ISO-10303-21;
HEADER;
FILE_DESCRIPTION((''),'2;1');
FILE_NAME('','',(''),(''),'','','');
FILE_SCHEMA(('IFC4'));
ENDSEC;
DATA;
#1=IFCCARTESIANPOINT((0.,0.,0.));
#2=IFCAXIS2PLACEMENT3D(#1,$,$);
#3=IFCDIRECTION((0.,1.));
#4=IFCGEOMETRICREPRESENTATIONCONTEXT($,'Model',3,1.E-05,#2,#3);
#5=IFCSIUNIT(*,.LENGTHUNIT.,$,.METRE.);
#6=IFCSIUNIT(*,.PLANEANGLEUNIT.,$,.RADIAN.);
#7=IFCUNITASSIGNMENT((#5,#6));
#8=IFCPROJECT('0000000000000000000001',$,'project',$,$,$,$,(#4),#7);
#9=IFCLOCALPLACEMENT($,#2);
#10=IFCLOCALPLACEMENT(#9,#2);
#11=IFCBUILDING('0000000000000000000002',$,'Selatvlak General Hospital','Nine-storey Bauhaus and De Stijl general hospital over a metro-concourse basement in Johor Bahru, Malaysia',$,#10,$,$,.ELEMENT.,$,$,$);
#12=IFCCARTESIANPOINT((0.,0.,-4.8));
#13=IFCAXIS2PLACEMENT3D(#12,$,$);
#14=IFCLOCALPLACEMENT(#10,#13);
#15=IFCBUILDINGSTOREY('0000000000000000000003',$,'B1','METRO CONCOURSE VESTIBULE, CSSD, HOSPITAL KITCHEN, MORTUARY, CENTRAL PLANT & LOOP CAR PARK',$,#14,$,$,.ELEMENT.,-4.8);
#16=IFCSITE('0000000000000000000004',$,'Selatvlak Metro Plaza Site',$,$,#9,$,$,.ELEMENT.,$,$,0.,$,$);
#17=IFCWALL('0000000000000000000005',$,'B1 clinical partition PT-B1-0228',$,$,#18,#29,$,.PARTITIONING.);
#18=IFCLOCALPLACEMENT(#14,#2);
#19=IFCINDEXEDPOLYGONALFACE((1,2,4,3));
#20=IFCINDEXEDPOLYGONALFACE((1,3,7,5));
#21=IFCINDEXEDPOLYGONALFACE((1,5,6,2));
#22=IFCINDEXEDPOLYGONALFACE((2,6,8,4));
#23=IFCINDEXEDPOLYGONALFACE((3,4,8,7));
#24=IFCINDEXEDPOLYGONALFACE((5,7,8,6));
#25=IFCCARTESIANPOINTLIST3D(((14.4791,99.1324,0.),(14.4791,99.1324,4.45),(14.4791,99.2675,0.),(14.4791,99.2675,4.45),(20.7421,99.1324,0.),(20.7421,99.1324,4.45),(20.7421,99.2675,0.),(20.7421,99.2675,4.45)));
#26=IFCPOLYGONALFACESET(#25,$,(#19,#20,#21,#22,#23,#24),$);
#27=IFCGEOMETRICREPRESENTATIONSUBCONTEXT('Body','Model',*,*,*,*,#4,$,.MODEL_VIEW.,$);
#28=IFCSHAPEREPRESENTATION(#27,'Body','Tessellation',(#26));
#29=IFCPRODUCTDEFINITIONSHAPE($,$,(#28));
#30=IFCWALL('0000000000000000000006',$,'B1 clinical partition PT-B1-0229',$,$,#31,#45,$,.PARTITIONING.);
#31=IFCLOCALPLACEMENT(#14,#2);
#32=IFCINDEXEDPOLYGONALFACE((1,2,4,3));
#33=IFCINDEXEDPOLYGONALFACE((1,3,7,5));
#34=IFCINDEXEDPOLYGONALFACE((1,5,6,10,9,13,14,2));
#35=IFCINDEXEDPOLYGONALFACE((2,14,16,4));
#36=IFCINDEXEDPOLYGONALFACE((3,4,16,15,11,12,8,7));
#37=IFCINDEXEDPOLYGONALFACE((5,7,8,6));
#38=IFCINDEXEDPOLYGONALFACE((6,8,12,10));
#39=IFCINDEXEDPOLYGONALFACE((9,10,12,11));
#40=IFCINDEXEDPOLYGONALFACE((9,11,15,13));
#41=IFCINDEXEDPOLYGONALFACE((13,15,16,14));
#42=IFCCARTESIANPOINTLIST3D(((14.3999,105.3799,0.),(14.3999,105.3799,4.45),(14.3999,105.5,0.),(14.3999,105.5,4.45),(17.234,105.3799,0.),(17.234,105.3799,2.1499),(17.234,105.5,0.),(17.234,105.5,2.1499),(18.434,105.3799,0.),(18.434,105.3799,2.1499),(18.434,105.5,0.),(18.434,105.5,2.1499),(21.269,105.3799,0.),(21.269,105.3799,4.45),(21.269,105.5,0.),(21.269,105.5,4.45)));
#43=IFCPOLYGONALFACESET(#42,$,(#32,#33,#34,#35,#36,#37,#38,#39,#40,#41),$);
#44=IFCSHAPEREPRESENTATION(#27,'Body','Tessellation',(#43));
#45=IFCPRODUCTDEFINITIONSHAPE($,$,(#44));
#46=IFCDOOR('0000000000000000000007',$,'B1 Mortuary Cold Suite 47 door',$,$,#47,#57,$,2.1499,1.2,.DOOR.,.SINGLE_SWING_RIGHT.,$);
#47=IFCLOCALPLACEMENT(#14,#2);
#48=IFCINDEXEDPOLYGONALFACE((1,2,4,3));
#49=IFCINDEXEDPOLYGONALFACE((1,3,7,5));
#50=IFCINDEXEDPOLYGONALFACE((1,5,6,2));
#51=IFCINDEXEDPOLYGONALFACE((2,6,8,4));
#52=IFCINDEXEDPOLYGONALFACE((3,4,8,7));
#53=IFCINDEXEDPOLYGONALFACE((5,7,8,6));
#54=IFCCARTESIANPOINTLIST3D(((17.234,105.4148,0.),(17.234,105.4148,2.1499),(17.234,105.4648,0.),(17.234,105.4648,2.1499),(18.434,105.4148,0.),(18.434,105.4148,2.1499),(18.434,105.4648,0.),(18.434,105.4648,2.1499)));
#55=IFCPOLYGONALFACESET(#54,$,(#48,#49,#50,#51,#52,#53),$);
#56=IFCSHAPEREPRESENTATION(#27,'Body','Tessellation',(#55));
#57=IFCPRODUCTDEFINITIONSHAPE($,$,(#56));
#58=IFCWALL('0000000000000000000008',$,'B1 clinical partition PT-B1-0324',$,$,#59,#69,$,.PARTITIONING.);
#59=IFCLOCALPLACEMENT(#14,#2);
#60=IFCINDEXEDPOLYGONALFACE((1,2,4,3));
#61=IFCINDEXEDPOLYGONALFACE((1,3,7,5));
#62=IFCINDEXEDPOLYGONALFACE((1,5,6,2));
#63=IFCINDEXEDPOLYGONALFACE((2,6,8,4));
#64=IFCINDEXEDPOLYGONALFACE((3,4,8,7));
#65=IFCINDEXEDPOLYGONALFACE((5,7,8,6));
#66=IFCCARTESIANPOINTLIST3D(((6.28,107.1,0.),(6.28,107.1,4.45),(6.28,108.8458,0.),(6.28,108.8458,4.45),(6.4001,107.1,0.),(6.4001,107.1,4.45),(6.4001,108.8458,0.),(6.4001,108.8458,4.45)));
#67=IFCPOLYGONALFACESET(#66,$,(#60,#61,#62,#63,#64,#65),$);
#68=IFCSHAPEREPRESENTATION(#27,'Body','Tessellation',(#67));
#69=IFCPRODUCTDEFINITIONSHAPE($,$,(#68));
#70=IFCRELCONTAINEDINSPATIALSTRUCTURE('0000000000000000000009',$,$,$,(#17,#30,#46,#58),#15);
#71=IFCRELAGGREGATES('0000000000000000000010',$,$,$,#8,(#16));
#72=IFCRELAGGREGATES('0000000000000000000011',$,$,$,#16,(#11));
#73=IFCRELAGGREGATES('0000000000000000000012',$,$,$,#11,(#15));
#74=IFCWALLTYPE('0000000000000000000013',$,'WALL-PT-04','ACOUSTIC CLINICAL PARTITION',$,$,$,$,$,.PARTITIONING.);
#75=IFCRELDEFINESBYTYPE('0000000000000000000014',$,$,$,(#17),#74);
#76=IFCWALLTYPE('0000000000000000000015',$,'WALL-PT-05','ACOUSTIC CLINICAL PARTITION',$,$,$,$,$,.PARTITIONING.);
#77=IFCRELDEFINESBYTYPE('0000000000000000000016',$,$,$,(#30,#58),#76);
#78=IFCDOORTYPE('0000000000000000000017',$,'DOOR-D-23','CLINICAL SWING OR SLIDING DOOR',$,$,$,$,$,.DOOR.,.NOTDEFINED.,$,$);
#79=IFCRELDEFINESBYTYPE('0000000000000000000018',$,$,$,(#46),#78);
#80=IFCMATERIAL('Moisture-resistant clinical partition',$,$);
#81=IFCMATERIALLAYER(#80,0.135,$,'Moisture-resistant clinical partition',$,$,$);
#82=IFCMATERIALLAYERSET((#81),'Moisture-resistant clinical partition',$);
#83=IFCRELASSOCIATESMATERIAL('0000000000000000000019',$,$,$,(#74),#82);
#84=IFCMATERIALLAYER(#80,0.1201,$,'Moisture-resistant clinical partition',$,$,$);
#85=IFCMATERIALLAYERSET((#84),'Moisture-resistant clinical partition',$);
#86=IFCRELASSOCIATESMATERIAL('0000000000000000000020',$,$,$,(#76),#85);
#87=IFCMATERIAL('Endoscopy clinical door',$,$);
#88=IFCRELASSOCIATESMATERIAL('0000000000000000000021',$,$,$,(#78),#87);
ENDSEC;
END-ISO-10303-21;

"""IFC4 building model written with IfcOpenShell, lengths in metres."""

from ifc_helpers import new_model, si_unit, direction, frame, frame_2d, origin, place, context, subcontext, project, spatial, rectangle, extrude, material, layer, layer_set, type_object, element, fill, save


model = new_model("IFC4")

# Units and contexts
model_context = context("Model", 3, precision=1e-05, world=origin(), true_north=direction((0.0, 1.0)))
body_context = subcontext(model_context, "Body", "Model", "MODEL_VIEW")
ifc_project = project(units=[si_unit("LENGTHUNIT", "METRE"), si_unit("PLANEANGLEUNIT", "RADIAN")], contexts=[model_context])

# Site, building, storey
site_placement = place(None, origin())
site = spatial("IfcSite", under=ifc_project, at=site_placement, Name="Selatvlak Metro Plaza Site", CompositionType="ELEMENT", RefElevation=0.0)
building_placement = place(site_placement, origin())
building = spatial("IfcBuilding", under=site, at=building_placement, Name="Selatvlak General Hospital", Description="Nine-storey Bauhaus and De Stijl general hospital over a metro-concourse basement in Johor Bahru, Malaysia", CompositionType="ELEMENT")
storey_placement = place(building_placement, frame((0.0, 0.0, -4.8)))
storey = spatial("IfcBuildingStorey", under=building, at=storey_placement, Name="B1", Description="METRO CONCOURSE VESTIBULE, CSSD, HOSPITAL KITCHEN, MORTUARY, CENTRAL PLANT & LOOP CAR PARK", CompositionType="ELEMENT", Elevation=-4.8)

# Wall
ifc_material_1 = material(Name="Moisture-resistant clinical partition")
ifc_layer_1 = layer(ifc_material_1, 0.135, Name="Moisture-resistant clinical partition")
ifc_layer_set_1 = layer_set([ifc_layer_1], Name="Moisture-resistant clinical partition")
wall_type_1 = type_object("IfcWallType", Name="WALL-PT-04", Description="ACOUSTIC CLINICAL PARTITION", PredefinedType="PARTITIONING", material=ifc_layer_set_1)
wall_1_placement = place(storey_placement, frame((20.7419, 99.2, 0.0), z_axis=(0.0, 0.0, 1.0), x_axis=(-1.0, 0.0, 0.0)))
element("IfcWall", 1, at=wall_1_placement, inside=storey, type_object=wall_type_1, Name="B1 clinical partition PT-B1-0228", PredefinedType="PARTITIONING", context=body_context, shape_type="SweptSolid", body=[
    extrude(rectangle(XDim=6.2629, YDim=0.135, at=frame_2d((3.1313, 0.0))), origin(), (0.0, 0.0, 1.0), 4.45),
])

# Wall, opening, door
ifc_layer_2 = layer(ifc_material_1, 0.1201, Name="Moisture-resistant clinical partition")
ifc_layer_set_2 = layer_set([ifc_layer_2], Name="Moisture-resistant clinical partition")
wall_type_2 = type_object("IfcWallType", Name="WALL-PT-05", Description="ACOUSTIC CLINICAL PARTITION", PredefinedType="PARTITIONING", material=ifc_layer_set_2)
wall_2_placement = place(storey_placement, frame((14.3999, 105.4399, 0.0), z_axis=(0.0, 0.0, 1.0), x_axis=(1.0, 0.0, 0.0)))
wall_2 = element("IfcWall", 2, at=wall_2_placement, inside=storey, type_object=wall_type_2, Name="B1 clinical partition PT-B1-0229", PredefinedType="PARTITIONING", context=body_context, shape_type="SweptSolid", body=[
    extrude(rectangle(XDim=6.8691, YDim=0.1201, at=frame_2d((3.4346, 0.0))), origin(), (0.0, 0.0, 1.0), 4.45),
])
opening_1_placement = place(wall_2_placement, frame((2.834, 0.0, 0.0)))
opening_1 = element("IfcOpeningElement", 3, at=opening_1_placement, cuts=wall_2, PredefinedType="OPENING", context=body_context, shape_type="SweptSolid", body=[
    extrude(rectangle(XDim=1.2, YDim=2.1499, at=frame_2d((0.6001, 1.075))), frame((0.0, 0.0701, 0.0), z_axis=(0.0, -1.0, 0.0), x_axis=(1.0, 0.0, 0.0)), (0.0, 0.0, 1.0), 0.1401),
])
ifc_material_2 = material(Name="Endoscopy clinical door")
door_type_1 = type_object("IfcDoorType", Name="DOOR-D-23", Description="CLINICAL SWING OR SLIDING DOOR", OperationType="NOTDEFINED", PredefinedType="DOOR", material=ifc_material_2)
door_1_placement = place(opening_1_placement, origin())
door_1 = element("IfcDoor", 4, at=door_1_placement, inside=storey, type_object=door_type_1, Name="B1 Mortuary Cold Suite 47 door", OperationType="SINGLE_SWING_RIGHT", OverallHeight=2.1499, OverallWidth=1.2, PredefinedType="DOOR", context=body_context, shape_type="SweptSolid", body=[
    extrude(rectangle(XDim=1.2, YDim=2.1499, at=frame_2d((0.6001, 1.075))), frame((0.0, 0.0249, 0.0), z_axis=(0.0, -1.0, 0.0), x_axis=(1.0, 0.0, 0.0)), (0.0, 0.0, 1.0), 0.05),
])
fill(opening_1, door_1)

# Wall
wall_3_placement = place(storey_placement, frame((6.3401, 108.8459, 0.0), z_axis=(0.0, 0.0, 1.0), x_axis=(0.0, -1.0, 0.0)))
element("IfcWall", 5, at=wall_3_placement, inside=storey, type_object=wall_type_2, Name="B1 clinical partition PT-B1-0324", PredefinedType="PARTITIONING", context=body_context, shape_type="SweptSolid", body=[
    extrude(rectangle(XDim=1.7458, YDim=0.1201, at=frame_2d((0.873, 0.0))), origin(), (0.0, 0.0, 1.0), 4.45),
])

save(model, "model.ifc")
